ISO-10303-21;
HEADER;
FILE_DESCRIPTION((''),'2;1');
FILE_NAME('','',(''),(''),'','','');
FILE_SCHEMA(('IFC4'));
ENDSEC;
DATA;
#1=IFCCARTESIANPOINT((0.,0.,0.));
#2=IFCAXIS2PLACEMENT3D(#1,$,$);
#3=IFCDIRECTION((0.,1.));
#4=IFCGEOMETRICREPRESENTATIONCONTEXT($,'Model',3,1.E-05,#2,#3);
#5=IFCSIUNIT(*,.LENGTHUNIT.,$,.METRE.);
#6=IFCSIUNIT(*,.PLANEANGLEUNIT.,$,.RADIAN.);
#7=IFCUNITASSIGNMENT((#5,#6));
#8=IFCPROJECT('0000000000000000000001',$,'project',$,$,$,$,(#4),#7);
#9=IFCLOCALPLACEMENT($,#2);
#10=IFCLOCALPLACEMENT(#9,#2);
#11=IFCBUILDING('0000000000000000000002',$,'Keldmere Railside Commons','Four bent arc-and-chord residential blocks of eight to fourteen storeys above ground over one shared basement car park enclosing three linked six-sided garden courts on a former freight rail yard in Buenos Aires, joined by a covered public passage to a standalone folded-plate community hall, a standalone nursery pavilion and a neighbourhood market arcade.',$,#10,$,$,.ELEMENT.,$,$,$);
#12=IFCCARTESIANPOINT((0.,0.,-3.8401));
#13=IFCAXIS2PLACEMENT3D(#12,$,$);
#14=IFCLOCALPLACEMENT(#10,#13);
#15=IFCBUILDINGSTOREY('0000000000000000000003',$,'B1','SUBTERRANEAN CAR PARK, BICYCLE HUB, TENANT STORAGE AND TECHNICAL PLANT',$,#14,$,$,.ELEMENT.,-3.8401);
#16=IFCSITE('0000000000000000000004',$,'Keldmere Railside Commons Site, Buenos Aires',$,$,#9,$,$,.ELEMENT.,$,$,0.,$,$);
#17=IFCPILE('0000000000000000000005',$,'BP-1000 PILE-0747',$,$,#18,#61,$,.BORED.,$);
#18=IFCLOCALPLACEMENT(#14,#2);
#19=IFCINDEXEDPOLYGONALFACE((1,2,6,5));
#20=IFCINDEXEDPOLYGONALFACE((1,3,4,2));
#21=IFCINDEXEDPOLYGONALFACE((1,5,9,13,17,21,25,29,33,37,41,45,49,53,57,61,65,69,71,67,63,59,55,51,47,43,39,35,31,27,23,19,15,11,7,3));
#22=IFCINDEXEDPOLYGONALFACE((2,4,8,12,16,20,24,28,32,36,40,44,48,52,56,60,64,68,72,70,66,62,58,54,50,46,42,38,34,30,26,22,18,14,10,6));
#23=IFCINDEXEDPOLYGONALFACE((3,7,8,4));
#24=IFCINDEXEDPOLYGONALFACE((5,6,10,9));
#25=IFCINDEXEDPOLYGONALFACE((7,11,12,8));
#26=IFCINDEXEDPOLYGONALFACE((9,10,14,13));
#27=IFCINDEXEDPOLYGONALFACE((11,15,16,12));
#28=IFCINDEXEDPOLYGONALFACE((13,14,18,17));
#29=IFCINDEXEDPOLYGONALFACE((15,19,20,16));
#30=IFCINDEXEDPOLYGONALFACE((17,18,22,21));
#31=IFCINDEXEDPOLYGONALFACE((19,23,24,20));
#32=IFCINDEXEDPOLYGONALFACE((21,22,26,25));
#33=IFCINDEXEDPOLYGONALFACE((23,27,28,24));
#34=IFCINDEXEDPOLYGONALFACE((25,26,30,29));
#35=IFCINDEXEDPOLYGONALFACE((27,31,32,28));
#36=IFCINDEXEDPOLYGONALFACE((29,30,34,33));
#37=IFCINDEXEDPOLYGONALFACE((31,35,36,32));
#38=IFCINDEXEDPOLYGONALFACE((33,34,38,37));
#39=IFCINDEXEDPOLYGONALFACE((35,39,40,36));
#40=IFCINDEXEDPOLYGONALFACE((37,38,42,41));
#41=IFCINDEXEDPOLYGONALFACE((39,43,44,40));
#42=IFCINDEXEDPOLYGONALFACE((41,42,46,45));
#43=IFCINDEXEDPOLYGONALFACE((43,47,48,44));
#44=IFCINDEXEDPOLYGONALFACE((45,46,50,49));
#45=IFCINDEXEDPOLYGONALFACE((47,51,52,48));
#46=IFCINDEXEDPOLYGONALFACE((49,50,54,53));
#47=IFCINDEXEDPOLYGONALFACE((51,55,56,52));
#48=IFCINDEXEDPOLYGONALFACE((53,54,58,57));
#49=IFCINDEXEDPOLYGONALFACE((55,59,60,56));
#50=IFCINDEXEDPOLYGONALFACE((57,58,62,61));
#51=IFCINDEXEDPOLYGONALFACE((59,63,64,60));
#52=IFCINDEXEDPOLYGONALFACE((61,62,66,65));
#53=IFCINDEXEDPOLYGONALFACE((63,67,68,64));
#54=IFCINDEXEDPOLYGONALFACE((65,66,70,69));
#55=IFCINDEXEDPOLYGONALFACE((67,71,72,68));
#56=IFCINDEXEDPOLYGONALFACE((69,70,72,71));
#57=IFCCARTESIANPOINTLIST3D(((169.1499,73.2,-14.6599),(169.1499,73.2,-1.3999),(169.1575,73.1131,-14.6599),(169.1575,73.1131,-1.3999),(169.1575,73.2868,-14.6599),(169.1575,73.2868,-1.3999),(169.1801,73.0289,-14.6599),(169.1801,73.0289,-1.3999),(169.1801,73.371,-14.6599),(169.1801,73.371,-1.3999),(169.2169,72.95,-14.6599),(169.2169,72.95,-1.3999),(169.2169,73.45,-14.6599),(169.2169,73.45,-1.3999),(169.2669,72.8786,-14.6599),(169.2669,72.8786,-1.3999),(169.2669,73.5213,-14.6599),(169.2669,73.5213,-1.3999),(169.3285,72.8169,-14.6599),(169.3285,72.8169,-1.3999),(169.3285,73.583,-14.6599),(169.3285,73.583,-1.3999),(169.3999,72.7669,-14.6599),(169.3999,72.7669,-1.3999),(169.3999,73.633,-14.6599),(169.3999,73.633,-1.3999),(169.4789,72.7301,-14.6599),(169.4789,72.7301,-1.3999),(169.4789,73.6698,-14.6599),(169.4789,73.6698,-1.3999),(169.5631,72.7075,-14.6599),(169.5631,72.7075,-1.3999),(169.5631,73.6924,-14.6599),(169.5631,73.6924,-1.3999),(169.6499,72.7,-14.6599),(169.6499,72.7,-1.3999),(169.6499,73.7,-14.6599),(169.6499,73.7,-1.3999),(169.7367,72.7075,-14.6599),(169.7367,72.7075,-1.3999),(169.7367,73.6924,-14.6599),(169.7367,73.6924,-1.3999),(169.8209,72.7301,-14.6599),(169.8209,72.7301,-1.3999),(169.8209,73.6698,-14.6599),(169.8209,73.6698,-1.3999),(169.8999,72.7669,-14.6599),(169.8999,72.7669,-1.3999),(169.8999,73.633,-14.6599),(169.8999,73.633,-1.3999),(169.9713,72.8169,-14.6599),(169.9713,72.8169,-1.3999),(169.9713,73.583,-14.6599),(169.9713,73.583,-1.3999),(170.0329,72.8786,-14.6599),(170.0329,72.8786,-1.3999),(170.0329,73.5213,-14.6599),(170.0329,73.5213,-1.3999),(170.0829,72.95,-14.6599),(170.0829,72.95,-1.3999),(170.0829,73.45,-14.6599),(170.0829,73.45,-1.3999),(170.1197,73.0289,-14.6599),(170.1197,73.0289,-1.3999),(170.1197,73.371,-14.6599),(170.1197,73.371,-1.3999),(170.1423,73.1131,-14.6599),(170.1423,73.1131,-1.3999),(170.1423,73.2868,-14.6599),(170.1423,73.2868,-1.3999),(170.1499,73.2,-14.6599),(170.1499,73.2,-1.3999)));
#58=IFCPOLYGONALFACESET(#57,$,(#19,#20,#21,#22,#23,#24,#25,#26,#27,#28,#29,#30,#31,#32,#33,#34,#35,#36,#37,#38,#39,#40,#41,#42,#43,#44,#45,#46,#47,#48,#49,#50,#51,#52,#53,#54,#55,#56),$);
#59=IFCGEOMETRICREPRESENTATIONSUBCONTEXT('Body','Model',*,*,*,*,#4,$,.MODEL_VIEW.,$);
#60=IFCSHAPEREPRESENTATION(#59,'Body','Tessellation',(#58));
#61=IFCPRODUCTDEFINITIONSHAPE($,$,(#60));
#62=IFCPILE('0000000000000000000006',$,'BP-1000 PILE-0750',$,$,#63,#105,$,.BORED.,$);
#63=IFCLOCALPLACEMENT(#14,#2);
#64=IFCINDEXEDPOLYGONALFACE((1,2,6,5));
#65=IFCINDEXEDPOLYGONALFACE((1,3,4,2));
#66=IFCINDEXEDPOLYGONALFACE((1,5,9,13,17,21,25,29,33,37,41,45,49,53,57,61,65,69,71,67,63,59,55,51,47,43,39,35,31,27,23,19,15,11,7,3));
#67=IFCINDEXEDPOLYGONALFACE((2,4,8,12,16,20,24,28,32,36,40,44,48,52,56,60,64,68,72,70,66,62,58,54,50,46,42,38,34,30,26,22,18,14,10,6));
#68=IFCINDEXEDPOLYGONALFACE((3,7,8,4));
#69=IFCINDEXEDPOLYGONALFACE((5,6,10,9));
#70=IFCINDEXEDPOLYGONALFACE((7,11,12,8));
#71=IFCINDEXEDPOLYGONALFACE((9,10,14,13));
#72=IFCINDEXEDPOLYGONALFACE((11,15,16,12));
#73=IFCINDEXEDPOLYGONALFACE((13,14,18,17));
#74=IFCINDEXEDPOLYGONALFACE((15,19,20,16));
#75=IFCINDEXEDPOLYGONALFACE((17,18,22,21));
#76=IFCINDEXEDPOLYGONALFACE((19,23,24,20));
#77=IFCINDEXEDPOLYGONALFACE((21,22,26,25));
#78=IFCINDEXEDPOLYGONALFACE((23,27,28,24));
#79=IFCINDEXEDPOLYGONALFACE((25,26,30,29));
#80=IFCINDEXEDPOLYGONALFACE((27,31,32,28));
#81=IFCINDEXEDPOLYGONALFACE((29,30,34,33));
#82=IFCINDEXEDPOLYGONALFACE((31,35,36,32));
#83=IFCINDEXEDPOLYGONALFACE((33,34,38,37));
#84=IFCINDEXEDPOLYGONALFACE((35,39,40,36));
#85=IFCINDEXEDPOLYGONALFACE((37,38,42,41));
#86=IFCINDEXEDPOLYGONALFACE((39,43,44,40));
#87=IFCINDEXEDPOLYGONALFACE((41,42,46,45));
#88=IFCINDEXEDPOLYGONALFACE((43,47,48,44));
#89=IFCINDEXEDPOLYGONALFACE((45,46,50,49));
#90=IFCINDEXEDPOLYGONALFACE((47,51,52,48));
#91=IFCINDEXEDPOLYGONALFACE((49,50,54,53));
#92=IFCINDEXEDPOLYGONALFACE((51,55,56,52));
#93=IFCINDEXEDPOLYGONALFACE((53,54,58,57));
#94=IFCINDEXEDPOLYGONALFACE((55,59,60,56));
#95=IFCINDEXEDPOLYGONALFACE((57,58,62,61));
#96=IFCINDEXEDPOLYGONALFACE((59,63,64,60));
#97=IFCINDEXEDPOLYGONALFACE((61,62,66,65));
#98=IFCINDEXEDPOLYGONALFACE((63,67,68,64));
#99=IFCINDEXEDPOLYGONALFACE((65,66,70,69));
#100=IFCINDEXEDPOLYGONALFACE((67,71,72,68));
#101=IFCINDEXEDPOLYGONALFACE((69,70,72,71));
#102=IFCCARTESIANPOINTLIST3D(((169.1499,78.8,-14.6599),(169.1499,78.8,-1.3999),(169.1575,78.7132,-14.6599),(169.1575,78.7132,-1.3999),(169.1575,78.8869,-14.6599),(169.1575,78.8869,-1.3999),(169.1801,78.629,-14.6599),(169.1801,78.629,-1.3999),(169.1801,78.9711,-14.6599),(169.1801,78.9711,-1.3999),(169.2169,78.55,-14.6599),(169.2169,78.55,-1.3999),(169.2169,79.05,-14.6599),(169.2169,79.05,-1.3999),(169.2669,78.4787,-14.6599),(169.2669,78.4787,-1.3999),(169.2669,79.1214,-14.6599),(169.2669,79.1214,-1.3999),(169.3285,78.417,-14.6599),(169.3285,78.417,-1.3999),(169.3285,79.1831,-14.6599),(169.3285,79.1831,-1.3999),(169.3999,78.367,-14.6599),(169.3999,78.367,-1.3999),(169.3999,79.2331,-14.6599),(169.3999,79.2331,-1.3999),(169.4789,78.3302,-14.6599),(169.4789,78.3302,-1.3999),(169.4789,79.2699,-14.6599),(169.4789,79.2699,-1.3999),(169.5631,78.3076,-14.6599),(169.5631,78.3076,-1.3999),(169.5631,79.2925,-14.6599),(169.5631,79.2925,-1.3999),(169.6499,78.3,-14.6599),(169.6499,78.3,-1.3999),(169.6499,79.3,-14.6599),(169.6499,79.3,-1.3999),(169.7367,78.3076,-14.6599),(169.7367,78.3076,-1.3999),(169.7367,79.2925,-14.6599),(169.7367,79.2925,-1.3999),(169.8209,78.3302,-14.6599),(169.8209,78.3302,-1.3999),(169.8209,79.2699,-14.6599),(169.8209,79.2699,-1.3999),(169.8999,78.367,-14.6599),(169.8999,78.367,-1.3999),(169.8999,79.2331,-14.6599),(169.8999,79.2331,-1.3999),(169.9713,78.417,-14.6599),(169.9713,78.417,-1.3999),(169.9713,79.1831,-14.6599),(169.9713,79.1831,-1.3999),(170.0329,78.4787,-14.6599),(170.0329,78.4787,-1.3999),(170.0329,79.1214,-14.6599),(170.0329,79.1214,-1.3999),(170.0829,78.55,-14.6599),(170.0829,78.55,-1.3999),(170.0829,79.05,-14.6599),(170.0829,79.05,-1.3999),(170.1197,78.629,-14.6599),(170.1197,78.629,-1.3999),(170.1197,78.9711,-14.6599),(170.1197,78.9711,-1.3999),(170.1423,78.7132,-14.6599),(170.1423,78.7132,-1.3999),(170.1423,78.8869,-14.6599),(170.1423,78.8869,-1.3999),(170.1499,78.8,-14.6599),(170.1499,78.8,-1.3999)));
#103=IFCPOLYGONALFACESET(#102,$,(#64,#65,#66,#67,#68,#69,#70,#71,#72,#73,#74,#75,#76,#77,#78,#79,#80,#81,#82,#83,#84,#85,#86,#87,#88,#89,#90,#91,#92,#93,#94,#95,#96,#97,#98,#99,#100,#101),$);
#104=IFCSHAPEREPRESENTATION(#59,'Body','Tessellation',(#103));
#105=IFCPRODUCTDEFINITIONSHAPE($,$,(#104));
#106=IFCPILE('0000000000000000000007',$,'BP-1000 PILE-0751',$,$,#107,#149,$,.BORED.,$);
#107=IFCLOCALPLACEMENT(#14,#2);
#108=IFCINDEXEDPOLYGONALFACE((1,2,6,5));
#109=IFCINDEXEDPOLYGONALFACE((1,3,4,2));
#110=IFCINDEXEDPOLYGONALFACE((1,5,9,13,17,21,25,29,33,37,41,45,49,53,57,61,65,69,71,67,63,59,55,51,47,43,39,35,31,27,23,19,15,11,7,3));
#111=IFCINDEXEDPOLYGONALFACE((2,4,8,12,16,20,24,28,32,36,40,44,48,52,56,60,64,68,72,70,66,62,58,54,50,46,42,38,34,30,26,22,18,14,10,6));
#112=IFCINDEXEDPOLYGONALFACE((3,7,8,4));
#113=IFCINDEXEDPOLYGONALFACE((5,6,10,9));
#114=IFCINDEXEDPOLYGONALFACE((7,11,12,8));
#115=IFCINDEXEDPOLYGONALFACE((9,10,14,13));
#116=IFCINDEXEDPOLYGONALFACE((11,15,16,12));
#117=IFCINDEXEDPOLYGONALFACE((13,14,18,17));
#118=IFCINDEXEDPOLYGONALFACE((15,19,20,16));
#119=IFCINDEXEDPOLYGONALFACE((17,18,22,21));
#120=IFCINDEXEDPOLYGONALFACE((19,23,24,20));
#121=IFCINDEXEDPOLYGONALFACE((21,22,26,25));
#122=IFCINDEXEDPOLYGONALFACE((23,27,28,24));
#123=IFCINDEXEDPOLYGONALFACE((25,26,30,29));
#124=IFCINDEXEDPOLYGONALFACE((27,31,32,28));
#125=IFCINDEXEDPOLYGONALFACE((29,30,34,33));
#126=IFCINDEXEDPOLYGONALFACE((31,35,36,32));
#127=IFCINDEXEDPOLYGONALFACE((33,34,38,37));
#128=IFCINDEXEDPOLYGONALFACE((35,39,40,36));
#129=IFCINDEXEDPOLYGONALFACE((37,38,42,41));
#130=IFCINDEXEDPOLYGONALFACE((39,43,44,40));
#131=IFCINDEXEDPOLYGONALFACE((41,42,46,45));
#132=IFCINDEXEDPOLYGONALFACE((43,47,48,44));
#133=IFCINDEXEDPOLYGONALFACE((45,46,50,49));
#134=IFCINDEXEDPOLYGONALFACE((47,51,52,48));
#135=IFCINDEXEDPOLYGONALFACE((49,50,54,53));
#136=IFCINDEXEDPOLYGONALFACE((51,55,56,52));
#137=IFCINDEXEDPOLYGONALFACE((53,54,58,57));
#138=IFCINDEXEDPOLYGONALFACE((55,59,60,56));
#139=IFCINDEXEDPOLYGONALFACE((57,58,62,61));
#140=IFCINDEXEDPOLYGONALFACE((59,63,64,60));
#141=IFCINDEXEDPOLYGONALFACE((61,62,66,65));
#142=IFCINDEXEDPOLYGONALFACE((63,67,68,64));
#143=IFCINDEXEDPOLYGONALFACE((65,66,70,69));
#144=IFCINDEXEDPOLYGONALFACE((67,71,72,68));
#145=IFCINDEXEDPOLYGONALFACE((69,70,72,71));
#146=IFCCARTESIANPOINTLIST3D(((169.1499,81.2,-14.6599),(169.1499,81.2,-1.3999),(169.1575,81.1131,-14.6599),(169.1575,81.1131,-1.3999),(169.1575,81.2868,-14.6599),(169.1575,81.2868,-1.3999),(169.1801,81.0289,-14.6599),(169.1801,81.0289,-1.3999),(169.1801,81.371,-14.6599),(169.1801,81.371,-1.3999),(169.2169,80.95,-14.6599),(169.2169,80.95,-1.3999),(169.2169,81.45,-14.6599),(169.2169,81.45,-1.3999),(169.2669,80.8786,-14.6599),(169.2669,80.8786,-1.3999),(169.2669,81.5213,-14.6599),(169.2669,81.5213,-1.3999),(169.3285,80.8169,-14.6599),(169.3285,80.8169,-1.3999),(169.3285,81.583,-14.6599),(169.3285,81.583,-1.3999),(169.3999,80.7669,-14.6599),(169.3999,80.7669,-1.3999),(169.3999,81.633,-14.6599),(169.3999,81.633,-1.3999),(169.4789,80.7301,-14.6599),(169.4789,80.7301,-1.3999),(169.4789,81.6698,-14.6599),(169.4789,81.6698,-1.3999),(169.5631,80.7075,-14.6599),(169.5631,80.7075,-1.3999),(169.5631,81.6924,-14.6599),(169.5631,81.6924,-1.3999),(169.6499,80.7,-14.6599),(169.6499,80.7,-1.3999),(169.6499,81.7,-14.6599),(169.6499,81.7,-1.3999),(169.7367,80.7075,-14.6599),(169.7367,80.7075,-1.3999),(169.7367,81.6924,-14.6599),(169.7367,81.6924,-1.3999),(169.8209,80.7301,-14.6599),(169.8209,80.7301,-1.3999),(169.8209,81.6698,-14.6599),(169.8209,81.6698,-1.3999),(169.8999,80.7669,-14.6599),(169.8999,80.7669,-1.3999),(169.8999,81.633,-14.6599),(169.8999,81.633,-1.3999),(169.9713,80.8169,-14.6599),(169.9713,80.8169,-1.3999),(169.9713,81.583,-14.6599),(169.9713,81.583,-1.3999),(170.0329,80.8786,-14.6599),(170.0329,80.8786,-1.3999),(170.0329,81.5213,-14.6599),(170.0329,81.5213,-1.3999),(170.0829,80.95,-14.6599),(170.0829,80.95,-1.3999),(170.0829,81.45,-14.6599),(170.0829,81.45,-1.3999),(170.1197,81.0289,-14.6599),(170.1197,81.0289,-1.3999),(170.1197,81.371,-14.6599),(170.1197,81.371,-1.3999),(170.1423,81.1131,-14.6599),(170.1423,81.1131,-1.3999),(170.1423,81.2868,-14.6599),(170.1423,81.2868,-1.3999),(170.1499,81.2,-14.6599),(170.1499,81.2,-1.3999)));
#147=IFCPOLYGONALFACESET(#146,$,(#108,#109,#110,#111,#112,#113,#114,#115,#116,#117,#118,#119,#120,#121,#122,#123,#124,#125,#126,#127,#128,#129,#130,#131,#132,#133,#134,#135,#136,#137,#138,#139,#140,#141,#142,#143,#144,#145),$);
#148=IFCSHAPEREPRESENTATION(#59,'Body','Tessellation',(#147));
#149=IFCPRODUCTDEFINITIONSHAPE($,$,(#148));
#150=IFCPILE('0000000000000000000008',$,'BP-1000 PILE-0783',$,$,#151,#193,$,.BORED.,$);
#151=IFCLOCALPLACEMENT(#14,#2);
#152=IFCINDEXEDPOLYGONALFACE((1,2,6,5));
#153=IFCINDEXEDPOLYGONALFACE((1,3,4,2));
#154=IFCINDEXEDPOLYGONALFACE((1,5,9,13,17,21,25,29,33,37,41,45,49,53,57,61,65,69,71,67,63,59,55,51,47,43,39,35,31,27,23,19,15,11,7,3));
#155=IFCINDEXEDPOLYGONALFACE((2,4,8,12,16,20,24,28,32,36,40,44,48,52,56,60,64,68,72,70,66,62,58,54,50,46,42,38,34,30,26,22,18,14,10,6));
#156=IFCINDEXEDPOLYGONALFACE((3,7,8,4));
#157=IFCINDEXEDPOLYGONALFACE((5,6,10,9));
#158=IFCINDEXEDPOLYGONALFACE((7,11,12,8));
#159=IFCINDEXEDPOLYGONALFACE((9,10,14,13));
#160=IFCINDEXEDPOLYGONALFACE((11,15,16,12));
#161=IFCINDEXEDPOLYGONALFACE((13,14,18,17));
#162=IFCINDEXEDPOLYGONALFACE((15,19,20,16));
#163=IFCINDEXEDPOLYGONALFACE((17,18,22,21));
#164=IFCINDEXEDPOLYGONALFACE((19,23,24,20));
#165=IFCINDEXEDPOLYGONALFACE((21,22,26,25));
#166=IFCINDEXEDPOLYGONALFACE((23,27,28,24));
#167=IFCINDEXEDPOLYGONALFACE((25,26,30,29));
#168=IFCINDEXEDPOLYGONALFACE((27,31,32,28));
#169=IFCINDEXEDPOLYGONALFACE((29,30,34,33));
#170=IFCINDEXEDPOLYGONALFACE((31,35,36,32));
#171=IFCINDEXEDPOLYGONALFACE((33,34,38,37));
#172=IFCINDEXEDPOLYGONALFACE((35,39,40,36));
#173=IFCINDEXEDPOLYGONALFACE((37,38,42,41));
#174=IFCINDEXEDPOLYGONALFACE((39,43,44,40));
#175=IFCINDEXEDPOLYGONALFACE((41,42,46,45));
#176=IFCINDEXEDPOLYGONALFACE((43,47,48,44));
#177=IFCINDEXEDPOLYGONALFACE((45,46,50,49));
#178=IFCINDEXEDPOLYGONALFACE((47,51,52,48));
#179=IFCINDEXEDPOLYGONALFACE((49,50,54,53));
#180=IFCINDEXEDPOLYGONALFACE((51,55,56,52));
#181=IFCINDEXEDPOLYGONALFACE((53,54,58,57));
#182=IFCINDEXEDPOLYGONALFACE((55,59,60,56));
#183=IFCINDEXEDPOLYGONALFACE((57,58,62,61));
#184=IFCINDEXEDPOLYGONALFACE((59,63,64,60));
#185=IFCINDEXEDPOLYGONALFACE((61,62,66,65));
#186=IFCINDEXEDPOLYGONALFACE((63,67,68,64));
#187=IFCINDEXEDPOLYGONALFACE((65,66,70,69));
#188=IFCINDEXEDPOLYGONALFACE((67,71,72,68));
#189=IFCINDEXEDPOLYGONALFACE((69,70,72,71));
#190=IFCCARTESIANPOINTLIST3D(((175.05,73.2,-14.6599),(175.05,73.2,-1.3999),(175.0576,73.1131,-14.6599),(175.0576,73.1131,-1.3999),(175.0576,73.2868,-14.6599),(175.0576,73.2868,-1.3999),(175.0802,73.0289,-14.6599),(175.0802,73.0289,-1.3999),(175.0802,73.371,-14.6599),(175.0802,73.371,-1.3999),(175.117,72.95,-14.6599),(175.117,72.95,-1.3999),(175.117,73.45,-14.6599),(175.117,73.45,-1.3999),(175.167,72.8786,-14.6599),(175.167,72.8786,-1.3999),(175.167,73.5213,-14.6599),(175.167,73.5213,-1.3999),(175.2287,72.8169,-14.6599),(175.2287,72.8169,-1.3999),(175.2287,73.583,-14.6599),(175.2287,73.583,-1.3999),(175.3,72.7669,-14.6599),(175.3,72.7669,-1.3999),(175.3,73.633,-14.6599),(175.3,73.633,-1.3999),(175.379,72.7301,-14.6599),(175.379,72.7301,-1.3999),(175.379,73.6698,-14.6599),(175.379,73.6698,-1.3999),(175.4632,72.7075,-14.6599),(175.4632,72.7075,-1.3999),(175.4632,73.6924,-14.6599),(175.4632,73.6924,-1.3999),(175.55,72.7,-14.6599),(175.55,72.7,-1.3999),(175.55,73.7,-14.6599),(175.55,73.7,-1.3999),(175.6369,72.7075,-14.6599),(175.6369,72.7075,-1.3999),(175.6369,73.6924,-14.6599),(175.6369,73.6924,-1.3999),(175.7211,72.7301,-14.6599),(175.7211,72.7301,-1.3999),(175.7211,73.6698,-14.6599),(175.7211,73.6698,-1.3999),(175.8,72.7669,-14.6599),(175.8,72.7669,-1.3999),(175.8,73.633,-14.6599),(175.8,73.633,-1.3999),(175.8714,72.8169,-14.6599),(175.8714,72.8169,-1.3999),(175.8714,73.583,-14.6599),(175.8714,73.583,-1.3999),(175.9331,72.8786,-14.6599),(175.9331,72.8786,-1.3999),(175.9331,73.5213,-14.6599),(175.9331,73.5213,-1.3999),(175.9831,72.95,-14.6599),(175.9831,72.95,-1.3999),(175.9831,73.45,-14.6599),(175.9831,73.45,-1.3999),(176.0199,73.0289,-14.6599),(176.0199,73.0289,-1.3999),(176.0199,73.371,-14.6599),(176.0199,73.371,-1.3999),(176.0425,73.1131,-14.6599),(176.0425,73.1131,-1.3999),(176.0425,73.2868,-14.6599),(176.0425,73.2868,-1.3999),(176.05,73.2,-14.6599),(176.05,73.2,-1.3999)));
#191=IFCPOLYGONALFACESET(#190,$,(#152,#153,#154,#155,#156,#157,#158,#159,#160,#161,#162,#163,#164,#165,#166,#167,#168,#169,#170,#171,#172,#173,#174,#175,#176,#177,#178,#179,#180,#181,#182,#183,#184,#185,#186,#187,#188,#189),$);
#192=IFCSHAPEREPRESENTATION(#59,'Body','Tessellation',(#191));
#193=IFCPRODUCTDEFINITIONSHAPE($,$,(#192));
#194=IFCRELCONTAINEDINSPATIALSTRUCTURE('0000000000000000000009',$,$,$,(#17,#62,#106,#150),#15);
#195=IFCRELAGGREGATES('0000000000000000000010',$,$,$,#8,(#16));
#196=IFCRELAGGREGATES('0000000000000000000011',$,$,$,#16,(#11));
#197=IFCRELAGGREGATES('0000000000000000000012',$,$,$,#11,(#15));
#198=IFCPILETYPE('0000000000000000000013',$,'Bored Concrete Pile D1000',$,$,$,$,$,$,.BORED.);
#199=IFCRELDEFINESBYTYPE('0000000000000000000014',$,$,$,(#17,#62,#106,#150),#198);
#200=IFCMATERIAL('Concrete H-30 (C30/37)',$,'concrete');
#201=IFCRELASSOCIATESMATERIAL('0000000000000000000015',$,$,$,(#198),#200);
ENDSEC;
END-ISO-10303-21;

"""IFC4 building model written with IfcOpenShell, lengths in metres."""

from ifc_helpers import new_model, si_unit, direction, frame, origin, origin_2d, place, context, subcontext, project, spatial, circle, extrude, material, material_profile, profile_set, type_object, element, save


model = new_model("IFC4")

# Units and contexts
model_context = context("Model", 3, precision=1e-05, world=origin(), true_north=direction((0.0, 1.0)))
body_context = subcontext(model_context, "Body", "Model", "MODEL_VIEW")
ifc_project = project(units=[si_unit("LENGTHUNIT", "METRE"), si_unit("PLANEANGLEUNIT", "RADIAN")], contexts=[model_context])

# Site, building, storey
site_placement = place(None, origin())
site = spatial("IfcSite", under=ifc_project, at=site_placement, Name="Keldmere Railside Commons Site, Buenos Aires", CompositionType="ELEMENT", RefElevation=0.0)
building_placement = place(site_placement, origin())
building = spatial("IfcBuilding", under=site, at=building_placement, Name="Keldmere Railside Commons", Description="Four bent arc-and-chord residential blocks of eight to fourteen storeys above ground over one shared basement car park enclosing three linked six-sided garden courts on a former freight rail yard in Buenos Aires, joined by a covered public passage to a standalone folded-plate community hall, a standalone nursery pavilion and a neighbourhood market arcade.", CompositionType="ELEMENT")
storey_placement = place(building_placement, frame((0.0, 0.0, -3.8401)))
storey = spatial("IfcBuildingStorey", under=building, at=storey_placement, Name="B1", Description="SUBTERRANEAN CAR PARK, BICYCLE HUB, TENANT STORAGE AND TECHNICAL PLANT", CompositionType="ELEMENT", Elevation=-3.8401)

# Piles
ifc_material_1 = material(Name="Concrete H-30 (C30/37)", Category="concrete")
ifc_material_profile_1 = material_profile(ifc_material_1, circle(Radius=0.5, at=origin_2d()), Name="PILE-D1000")
ifc_profile_set_1 = profile_set([ifc_material_profile_1], Name="Concrete H-30 (C30/37)")
pile_type = type_object("IfcPileType", Name="Bored Concrete Pile D1000", PredefinedType="BORED", material=ifc_profile_set_1)
for number, where, z_axis, x_axis, name in (
    (1, (169.6499, 73.2, -1.3999), (0.0, 0.0, -1.0), (1.0, 0.0, 0.0), "BP-1000 PILE-0747"),
    (2, (169.6499, 78.8, -1.3999), (0.0, 0.0, -1.0), (1.0, 0.0, 0.0), "BP-1000 PILE-0750"),
    (3, (169.6499, 81.2, -1.3999), (0.0, 0.0, -1.0), (1.0, 0.0, 0.0), "BP-1000 PILE-0751"),
    (4, (175.55, 73.2, -1.3999), (0.0, 0.0, -1.0), (1.0, 0.0, 0.0), "BP-1000 PILE-0783"),
):
    element("IfcPile", number, at=place(storey_placement, frame(where, z_axis=z_axis, x_axis=x_axis)), inside=storey, type_object=pile_type, Name=name, PredefinedType="BORED", context=body_context, shape_type="SweptSolid", body=[
        extrude(circle(Radius=0.5, at=origin_2d()), origin(), (0.0, 0.0, 1.0), 13.26),
    ])

save(model, "model.ifc")
